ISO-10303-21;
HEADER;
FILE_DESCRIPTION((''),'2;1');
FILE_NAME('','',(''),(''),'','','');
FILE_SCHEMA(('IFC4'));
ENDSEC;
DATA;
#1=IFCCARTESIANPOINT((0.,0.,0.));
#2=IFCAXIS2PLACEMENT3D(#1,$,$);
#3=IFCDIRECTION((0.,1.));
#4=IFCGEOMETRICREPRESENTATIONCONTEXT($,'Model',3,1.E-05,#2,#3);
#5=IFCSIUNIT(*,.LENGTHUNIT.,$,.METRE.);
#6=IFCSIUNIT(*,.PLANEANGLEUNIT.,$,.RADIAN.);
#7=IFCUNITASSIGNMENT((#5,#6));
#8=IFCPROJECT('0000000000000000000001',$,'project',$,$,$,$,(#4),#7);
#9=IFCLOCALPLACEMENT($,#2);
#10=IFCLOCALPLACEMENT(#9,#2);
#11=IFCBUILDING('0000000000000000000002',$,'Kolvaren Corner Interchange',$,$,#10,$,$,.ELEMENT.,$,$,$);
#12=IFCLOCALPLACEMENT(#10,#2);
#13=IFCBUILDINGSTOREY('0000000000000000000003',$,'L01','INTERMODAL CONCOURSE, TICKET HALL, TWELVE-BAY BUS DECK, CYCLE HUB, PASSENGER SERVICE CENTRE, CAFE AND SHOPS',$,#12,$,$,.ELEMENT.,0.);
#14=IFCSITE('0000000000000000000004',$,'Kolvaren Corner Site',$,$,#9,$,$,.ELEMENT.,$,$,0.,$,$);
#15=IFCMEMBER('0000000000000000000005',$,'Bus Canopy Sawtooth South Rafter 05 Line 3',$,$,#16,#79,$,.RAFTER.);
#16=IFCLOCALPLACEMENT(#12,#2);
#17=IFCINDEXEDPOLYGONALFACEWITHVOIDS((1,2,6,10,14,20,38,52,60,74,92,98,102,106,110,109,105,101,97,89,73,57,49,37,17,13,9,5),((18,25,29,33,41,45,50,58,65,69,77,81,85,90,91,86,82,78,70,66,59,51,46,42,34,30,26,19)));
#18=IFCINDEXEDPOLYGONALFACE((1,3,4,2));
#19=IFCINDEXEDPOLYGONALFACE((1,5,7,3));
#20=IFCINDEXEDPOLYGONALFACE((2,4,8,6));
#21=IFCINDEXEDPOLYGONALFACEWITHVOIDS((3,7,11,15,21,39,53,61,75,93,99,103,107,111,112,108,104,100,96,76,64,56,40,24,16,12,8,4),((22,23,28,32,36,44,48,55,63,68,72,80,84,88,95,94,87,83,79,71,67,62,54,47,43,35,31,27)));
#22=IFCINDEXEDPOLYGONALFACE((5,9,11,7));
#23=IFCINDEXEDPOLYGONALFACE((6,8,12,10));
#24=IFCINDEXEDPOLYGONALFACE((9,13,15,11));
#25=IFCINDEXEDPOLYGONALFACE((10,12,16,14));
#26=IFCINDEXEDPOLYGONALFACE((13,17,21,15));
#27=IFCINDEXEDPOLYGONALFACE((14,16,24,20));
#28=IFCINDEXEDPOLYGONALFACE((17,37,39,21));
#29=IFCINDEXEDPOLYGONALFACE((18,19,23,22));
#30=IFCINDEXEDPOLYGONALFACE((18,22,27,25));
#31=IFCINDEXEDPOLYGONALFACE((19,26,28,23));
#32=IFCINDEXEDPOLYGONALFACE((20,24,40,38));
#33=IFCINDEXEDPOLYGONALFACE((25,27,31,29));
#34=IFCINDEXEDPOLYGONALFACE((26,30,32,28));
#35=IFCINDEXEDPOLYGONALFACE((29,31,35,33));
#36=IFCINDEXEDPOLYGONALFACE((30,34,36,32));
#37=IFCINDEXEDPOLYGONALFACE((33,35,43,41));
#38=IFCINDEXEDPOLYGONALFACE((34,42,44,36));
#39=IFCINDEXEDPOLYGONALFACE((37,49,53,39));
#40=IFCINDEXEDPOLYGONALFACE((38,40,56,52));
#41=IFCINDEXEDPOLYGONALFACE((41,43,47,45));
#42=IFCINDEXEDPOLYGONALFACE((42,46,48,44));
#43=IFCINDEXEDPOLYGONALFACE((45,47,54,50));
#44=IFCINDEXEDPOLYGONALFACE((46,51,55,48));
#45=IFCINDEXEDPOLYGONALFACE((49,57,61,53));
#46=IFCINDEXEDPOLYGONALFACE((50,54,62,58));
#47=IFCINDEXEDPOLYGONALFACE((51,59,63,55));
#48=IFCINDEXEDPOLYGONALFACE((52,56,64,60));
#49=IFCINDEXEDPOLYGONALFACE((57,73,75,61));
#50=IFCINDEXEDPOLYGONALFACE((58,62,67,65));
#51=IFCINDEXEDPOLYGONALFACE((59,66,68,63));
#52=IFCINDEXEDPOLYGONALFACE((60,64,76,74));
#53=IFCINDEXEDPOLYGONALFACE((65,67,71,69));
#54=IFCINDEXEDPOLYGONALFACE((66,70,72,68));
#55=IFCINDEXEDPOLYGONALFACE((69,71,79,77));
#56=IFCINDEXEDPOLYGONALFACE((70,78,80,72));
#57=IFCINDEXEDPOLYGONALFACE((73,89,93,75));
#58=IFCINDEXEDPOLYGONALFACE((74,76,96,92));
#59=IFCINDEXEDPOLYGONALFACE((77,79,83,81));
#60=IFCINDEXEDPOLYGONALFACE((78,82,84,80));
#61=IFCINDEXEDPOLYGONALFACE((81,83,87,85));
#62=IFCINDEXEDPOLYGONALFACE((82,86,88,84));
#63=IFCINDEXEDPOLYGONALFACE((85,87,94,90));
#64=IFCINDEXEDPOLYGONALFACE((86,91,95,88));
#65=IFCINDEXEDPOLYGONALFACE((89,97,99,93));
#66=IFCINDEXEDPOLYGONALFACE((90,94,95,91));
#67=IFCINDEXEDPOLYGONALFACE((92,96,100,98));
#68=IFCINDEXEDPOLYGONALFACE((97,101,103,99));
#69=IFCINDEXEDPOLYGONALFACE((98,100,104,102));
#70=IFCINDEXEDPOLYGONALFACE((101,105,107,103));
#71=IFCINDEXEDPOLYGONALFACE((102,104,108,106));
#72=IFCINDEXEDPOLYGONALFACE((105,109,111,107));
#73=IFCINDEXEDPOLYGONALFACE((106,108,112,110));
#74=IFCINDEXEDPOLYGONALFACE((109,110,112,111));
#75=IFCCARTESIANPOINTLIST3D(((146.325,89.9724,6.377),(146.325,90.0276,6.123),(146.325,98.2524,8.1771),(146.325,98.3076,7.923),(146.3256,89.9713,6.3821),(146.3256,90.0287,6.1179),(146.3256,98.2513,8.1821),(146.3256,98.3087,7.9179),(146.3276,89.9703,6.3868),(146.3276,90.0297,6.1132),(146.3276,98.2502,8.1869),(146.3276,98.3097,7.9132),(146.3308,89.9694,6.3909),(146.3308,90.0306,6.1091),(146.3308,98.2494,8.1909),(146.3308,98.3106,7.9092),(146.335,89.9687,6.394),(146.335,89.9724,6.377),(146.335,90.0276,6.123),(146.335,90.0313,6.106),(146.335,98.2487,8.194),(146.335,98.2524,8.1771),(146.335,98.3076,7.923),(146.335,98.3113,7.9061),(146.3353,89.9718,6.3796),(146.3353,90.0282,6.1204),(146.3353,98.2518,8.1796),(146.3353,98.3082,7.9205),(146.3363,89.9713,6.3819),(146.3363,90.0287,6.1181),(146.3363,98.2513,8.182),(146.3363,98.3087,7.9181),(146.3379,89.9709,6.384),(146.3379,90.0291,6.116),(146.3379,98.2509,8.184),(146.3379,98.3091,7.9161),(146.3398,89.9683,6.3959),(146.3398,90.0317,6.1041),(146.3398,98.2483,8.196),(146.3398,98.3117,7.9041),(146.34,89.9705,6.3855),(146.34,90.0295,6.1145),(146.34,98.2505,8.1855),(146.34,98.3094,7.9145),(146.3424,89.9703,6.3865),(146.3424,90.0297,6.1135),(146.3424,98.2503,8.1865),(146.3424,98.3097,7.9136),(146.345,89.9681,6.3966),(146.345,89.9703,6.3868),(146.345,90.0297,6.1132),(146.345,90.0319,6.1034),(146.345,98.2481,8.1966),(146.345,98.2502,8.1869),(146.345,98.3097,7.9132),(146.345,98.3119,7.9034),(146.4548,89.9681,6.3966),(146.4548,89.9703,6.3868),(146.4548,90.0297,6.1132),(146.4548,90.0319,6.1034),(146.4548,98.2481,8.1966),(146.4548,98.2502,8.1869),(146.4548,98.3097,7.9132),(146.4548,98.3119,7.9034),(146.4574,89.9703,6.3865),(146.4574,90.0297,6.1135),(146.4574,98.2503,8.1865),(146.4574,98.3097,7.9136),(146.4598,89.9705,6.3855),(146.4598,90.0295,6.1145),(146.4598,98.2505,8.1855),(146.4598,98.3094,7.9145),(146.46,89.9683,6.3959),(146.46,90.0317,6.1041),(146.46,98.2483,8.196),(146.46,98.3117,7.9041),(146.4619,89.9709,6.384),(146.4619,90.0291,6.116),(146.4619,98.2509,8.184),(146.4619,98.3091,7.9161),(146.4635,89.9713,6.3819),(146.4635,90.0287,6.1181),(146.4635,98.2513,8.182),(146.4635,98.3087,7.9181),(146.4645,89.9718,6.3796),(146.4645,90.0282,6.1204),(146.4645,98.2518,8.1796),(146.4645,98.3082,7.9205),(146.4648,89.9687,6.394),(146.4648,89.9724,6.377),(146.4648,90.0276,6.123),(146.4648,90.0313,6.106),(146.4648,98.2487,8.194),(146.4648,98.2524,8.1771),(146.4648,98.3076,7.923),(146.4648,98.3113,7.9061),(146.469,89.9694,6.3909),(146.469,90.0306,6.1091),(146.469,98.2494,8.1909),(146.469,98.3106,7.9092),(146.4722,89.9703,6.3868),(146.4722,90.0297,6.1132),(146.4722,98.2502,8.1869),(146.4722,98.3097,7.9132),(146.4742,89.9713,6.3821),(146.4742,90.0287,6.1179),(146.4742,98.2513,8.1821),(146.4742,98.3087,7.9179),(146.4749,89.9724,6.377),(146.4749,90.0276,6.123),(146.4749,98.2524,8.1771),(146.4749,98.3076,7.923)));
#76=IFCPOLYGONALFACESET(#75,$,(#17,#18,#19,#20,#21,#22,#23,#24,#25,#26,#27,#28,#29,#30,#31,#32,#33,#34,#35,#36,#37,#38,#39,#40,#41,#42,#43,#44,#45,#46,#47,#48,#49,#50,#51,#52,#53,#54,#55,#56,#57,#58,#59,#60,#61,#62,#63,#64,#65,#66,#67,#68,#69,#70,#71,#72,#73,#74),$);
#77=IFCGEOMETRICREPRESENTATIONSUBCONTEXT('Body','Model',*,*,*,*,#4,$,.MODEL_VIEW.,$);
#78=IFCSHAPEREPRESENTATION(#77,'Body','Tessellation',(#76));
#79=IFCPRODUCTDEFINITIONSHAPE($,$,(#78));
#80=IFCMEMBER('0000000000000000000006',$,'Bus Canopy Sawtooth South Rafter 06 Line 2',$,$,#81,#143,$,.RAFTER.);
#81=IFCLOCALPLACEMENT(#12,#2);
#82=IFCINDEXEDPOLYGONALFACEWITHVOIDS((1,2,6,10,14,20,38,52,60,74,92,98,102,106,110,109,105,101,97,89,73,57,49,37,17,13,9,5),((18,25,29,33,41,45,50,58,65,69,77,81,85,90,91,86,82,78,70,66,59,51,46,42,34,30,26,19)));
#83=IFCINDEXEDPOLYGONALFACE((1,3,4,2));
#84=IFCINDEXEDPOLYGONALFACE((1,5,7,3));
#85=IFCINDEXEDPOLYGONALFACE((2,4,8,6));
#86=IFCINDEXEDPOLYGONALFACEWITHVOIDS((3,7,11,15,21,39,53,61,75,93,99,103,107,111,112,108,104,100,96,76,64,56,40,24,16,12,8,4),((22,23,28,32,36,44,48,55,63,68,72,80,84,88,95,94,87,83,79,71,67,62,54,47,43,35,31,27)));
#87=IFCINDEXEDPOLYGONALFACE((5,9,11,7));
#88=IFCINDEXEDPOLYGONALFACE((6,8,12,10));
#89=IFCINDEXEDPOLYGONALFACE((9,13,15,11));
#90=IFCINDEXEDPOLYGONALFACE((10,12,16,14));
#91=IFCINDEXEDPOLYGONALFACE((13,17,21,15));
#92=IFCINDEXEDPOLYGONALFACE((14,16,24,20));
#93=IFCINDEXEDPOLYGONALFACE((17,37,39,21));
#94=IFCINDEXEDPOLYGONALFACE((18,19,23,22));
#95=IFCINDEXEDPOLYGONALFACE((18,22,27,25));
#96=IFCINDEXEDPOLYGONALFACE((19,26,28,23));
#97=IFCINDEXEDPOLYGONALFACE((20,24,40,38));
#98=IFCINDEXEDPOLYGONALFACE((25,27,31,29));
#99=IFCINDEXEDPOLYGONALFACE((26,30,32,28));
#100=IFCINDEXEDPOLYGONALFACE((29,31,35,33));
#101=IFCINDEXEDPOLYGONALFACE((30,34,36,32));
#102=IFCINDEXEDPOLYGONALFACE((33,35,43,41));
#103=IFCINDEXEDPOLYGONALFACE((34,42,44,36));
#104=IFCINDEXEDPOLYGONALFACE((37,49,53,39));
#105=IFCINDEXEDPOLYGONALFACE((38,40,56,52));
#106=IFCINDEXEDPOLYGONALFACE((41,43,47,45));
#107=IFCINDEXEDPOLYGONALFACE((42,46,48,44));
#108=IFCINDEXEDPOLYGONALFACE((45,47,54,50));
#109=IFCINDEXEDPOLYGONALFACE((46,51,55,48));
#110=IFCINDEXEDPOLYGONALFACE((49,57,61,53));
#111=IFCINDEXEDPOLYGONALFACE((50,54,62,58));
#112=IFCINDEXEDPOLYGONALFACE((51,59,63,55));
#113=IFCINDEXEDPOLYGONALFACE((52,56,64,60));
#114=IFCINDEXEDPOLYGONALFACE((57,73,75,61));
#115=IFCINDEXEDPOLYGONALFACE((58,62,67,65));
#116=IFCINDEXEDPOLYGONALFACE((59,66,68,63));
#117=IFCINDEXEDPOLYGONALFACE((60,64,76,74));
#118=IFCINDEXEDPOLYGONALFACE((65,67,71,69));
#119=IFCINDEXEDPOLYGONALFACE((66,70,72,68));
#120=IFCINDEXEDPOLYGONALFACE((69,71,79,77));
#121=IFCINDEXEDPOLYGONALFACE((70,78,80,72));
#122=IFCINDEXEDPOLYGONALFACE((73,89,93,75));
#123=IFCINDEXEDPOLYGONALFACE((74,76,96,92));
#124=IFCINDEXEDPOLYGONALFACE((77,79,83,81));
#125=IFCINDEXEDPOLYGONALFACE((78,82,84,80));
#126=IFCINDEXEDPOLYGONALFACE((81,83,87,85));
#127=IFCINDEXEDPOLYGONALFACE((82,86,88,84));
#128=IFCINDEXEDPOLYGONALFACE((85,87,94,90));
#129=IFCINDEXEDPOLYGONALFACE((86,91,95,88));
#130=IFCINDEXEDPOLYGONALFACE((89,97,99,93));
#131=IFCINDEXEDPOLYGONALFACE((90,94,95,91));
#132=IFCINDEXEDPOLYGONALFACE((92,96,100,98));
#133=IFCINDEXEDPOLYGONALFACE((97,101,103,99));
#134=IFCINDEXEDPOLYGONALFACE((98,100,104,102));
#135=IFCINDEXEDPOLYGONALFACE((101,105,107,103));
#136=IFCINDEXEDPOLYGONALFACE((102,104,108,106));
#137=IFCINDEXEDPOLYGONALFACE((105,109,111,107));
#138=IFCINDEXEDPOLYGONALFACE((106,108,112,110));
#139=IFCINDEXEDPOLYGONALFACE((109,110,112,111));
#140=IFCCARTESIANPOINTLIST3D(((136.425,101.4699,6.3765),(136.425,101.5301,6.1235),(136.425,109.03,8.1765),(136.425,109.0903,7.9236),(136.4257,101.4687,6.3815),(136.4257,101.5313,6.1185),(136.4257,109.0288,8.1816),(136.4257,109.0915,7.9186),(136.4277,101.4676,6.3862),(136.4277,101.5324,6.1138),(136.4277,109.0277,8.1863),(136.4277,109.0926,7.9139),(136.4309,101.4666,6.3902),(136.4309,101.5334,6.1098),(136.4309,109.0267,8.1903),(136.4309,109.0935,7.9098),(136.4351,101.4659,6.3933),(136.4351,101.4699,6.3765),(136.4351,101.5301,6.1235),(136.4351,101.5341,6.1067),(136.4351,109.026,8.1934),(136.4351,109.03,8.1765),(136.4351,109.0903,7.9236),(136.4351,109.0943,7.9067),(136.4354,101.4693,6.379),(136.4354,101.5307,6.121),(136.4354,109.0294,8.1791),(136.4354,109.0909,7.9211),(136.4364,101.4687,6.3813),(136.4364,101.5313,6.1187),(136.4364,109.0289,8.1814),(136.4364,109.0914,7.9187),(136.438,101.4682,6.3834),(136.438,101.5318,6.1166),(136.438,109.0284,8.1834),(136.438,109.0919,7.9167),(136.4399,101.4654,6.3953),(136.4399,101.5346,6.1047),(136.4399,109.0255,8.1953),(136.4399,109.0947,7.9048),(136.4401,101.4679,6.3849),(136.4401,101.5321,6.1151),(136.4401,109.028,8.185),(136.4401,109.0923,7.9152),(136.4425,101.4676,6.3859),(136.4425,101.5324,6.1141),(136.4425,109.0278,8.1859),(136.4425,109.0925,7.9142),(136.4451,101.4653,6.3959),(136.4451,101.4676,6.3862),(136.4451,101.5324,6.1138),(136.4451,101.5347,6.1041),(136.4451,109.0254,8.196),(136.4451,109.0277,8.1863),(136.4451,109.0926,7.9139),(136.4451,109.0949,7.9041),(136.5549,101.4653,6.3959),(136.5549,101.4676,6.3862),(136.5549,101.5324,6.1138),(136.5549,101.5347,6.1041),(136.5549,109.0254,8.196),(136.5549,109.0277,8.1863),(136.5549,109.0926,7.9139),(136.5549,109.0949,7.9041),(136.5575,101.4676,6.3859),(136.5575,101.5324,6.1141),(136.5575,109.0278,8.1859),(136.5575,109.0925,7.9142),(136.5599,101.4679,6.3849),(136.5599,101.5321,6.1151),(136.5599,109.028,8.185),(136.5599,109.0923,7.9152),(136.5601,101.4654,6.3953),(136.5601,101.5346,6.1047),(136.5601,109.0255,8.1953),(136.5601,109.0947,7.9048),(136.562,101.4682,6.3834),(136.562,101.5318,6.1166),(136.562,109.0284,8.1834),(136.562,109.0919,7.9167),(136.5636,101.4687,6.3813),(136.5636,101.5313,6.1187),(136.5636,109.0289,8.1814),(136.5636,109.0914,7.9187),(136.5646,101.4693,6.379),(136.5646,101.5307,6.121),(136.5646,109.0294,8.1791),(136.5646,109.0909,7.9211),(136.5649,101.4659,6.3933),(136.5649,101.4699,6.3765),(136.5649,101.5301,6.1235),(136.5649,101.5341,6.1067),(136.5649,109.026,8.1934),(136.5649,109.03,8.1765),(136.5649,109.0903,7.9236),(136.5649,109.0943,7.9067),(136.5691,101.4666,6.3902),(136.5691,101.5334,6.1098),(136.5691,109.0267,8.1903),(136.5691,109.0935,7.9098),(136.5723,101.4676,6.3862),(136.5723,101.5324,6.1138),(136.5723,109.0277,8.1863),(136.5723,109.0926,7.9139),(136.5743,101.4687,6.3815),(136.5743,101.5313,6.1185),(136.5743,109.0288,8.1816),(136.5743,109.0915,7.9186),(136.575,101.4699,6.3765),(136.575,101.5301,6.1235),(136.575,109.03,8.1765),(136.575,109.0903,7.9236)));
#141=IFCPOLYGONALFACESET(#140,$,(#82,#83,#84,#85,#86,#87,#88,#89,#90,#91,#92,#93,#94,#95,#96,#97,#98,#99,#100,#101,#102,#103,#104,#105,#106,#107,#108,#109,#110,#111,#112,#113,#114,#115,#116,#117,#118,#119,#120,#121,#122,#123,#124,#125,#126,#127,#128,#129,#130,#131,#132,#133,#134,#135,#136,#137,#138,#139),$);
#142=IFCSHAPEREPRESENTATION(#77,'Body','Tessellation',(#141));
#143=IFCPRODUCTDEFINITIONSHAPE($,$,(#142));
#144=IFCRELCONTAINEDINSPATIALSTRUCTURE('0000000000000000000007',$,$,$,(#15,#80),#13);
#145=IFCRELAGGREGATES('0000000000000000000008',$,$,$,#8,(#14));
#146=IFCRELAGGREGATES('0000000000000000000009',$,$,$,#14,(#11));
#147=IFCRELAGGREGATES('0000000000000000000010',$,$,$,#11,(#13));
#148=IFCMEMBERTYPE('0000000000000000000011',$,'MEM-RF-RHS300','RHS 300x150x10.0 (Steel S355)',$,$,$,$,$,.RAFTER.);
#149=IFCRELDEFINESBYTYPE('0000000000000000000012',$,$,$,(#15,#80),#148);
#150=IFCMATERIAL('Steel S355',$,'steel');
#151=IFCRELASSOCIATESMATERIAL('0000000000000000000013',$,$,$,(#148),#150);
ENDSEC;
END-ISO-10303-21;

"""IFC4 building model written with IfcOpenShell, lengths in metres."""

from ifc_helpers import new_model, si_unit, direction, frame, origin, origin_2d, place, context, subcontext, project, spatial, hollow_rectangle, extrude, material, material_profile, profile_set, type_object, element, save


model = new_model("IFC4")

# Units and contexts
model_context = context("Model", 3, precision=1e-05, world=origin(), true_north=direction((0.0, 1.0)))
body_context = subcontext(model_context, "Body", "Model", "MODEL_VIEW")
ifc_project = project(units=[si_unit("LENGTHUNIT", "METRE"), si_unit("PLANEANGLEUNIT", "RADIAN")], contexts=[model_context])

# Site, building, storey
site_placement = place(None, origin())
site = spatial("IfcSite", under=ifc_project, at=site_placement, Name="Kolvaren Corner Site", CompositionType="ELEMENT", RefElevation=0.0)
building_placement = place(site_placement, origin())
building = spatial("IfcBuilding", under=site, at=building_placement, Name="Kolvaren Corner Interchange", CompositionType="ELEMENT")
storey_placement = place(building_placement, origin())
storey = spatial("IfcBuildingStorey", under=building, at=storey_placement, Name="L01", Description="INTERMODAL CONCOURSE, TICKET HALL, TWELVE-BAY BUS DECK, CYCLE HUB, PASSENGER SERVICE CENTRE, CAFE AND SHOPS", CompositionType="ELEMENT", Elevation=0.0)

# Members
ifc_material_1 = material(Name="Steel S355", Category="steel")
ifc_material_profile_1 = material_profile(ifc_material_1, hollow_rectangle(XDim=0.1499, YDim=0.3, WallThickness=0.01, InnerFilletRadius=0.01, OuterFilletRadius=0.02, at=origin_2d()), Name="RHS 300x150x10.0")
ifc_profile_set_1 = profile_set([ifc_material_profile_1], Name="Steel S355")
member_type_1 = type_object("IfcMemberType", Name="MEM-RF-RHS300", Description="RHS 300x150x10.0 (Steel S355)", PredefinedType="RAFTER", material=ifc_profile_set_1)
member_1_placement = place(storey_placement, frame((146.3999, 90.0, 6.25), z_axis=(0.0, 0.977175, 0.212434), x_axis=(-1.0, 0.0, 0.0)))
element("IfcMember", 1, at=member_1_placement, inside=storey, type_object=member_type_1, Name="Bus Canopy Sawtooth South Rafter 05 Line 3", PredefinedType="RAFTER", context=body_context, shape_type="SweptSolid", body=[
    extrude(hollow_rectangle(XDim=0.1499, YDim=0.3, WallThickness=0.01, InnerFilletRadius=0.01, OuterFilletRadius=0.02, at=origin_2d()), origin(), (0.0, 0.0, 1.0), 8.4734),
])
member_2_placement = place(storey_placement, frame((136.5, 101.5, 6.25), z_axis=(0.0, 0.972805, 0.231625), x_axis=(-1.0, 0.0, 0.0)))
element("IfcMember", 2, at=member_2_placement, inside=storey, type_object=member_type_1, Name="Bus Canopy Sawtooth South Rafter 06 Line 2", PredefinedType="RAFTER", context=body_context, shape_type="SweptSolid", body=[
    extrude(hollow_rectangle(XDim=0.1499, YDim=0.3, WallThickness=0.01, InnerFilletRadius=0.01, OuterFilletRadius=0.02, at=origin_2d()), origin(), (0.0, 0.0, 1.0), 7.7715),
])

save(model, "model.ifc")
